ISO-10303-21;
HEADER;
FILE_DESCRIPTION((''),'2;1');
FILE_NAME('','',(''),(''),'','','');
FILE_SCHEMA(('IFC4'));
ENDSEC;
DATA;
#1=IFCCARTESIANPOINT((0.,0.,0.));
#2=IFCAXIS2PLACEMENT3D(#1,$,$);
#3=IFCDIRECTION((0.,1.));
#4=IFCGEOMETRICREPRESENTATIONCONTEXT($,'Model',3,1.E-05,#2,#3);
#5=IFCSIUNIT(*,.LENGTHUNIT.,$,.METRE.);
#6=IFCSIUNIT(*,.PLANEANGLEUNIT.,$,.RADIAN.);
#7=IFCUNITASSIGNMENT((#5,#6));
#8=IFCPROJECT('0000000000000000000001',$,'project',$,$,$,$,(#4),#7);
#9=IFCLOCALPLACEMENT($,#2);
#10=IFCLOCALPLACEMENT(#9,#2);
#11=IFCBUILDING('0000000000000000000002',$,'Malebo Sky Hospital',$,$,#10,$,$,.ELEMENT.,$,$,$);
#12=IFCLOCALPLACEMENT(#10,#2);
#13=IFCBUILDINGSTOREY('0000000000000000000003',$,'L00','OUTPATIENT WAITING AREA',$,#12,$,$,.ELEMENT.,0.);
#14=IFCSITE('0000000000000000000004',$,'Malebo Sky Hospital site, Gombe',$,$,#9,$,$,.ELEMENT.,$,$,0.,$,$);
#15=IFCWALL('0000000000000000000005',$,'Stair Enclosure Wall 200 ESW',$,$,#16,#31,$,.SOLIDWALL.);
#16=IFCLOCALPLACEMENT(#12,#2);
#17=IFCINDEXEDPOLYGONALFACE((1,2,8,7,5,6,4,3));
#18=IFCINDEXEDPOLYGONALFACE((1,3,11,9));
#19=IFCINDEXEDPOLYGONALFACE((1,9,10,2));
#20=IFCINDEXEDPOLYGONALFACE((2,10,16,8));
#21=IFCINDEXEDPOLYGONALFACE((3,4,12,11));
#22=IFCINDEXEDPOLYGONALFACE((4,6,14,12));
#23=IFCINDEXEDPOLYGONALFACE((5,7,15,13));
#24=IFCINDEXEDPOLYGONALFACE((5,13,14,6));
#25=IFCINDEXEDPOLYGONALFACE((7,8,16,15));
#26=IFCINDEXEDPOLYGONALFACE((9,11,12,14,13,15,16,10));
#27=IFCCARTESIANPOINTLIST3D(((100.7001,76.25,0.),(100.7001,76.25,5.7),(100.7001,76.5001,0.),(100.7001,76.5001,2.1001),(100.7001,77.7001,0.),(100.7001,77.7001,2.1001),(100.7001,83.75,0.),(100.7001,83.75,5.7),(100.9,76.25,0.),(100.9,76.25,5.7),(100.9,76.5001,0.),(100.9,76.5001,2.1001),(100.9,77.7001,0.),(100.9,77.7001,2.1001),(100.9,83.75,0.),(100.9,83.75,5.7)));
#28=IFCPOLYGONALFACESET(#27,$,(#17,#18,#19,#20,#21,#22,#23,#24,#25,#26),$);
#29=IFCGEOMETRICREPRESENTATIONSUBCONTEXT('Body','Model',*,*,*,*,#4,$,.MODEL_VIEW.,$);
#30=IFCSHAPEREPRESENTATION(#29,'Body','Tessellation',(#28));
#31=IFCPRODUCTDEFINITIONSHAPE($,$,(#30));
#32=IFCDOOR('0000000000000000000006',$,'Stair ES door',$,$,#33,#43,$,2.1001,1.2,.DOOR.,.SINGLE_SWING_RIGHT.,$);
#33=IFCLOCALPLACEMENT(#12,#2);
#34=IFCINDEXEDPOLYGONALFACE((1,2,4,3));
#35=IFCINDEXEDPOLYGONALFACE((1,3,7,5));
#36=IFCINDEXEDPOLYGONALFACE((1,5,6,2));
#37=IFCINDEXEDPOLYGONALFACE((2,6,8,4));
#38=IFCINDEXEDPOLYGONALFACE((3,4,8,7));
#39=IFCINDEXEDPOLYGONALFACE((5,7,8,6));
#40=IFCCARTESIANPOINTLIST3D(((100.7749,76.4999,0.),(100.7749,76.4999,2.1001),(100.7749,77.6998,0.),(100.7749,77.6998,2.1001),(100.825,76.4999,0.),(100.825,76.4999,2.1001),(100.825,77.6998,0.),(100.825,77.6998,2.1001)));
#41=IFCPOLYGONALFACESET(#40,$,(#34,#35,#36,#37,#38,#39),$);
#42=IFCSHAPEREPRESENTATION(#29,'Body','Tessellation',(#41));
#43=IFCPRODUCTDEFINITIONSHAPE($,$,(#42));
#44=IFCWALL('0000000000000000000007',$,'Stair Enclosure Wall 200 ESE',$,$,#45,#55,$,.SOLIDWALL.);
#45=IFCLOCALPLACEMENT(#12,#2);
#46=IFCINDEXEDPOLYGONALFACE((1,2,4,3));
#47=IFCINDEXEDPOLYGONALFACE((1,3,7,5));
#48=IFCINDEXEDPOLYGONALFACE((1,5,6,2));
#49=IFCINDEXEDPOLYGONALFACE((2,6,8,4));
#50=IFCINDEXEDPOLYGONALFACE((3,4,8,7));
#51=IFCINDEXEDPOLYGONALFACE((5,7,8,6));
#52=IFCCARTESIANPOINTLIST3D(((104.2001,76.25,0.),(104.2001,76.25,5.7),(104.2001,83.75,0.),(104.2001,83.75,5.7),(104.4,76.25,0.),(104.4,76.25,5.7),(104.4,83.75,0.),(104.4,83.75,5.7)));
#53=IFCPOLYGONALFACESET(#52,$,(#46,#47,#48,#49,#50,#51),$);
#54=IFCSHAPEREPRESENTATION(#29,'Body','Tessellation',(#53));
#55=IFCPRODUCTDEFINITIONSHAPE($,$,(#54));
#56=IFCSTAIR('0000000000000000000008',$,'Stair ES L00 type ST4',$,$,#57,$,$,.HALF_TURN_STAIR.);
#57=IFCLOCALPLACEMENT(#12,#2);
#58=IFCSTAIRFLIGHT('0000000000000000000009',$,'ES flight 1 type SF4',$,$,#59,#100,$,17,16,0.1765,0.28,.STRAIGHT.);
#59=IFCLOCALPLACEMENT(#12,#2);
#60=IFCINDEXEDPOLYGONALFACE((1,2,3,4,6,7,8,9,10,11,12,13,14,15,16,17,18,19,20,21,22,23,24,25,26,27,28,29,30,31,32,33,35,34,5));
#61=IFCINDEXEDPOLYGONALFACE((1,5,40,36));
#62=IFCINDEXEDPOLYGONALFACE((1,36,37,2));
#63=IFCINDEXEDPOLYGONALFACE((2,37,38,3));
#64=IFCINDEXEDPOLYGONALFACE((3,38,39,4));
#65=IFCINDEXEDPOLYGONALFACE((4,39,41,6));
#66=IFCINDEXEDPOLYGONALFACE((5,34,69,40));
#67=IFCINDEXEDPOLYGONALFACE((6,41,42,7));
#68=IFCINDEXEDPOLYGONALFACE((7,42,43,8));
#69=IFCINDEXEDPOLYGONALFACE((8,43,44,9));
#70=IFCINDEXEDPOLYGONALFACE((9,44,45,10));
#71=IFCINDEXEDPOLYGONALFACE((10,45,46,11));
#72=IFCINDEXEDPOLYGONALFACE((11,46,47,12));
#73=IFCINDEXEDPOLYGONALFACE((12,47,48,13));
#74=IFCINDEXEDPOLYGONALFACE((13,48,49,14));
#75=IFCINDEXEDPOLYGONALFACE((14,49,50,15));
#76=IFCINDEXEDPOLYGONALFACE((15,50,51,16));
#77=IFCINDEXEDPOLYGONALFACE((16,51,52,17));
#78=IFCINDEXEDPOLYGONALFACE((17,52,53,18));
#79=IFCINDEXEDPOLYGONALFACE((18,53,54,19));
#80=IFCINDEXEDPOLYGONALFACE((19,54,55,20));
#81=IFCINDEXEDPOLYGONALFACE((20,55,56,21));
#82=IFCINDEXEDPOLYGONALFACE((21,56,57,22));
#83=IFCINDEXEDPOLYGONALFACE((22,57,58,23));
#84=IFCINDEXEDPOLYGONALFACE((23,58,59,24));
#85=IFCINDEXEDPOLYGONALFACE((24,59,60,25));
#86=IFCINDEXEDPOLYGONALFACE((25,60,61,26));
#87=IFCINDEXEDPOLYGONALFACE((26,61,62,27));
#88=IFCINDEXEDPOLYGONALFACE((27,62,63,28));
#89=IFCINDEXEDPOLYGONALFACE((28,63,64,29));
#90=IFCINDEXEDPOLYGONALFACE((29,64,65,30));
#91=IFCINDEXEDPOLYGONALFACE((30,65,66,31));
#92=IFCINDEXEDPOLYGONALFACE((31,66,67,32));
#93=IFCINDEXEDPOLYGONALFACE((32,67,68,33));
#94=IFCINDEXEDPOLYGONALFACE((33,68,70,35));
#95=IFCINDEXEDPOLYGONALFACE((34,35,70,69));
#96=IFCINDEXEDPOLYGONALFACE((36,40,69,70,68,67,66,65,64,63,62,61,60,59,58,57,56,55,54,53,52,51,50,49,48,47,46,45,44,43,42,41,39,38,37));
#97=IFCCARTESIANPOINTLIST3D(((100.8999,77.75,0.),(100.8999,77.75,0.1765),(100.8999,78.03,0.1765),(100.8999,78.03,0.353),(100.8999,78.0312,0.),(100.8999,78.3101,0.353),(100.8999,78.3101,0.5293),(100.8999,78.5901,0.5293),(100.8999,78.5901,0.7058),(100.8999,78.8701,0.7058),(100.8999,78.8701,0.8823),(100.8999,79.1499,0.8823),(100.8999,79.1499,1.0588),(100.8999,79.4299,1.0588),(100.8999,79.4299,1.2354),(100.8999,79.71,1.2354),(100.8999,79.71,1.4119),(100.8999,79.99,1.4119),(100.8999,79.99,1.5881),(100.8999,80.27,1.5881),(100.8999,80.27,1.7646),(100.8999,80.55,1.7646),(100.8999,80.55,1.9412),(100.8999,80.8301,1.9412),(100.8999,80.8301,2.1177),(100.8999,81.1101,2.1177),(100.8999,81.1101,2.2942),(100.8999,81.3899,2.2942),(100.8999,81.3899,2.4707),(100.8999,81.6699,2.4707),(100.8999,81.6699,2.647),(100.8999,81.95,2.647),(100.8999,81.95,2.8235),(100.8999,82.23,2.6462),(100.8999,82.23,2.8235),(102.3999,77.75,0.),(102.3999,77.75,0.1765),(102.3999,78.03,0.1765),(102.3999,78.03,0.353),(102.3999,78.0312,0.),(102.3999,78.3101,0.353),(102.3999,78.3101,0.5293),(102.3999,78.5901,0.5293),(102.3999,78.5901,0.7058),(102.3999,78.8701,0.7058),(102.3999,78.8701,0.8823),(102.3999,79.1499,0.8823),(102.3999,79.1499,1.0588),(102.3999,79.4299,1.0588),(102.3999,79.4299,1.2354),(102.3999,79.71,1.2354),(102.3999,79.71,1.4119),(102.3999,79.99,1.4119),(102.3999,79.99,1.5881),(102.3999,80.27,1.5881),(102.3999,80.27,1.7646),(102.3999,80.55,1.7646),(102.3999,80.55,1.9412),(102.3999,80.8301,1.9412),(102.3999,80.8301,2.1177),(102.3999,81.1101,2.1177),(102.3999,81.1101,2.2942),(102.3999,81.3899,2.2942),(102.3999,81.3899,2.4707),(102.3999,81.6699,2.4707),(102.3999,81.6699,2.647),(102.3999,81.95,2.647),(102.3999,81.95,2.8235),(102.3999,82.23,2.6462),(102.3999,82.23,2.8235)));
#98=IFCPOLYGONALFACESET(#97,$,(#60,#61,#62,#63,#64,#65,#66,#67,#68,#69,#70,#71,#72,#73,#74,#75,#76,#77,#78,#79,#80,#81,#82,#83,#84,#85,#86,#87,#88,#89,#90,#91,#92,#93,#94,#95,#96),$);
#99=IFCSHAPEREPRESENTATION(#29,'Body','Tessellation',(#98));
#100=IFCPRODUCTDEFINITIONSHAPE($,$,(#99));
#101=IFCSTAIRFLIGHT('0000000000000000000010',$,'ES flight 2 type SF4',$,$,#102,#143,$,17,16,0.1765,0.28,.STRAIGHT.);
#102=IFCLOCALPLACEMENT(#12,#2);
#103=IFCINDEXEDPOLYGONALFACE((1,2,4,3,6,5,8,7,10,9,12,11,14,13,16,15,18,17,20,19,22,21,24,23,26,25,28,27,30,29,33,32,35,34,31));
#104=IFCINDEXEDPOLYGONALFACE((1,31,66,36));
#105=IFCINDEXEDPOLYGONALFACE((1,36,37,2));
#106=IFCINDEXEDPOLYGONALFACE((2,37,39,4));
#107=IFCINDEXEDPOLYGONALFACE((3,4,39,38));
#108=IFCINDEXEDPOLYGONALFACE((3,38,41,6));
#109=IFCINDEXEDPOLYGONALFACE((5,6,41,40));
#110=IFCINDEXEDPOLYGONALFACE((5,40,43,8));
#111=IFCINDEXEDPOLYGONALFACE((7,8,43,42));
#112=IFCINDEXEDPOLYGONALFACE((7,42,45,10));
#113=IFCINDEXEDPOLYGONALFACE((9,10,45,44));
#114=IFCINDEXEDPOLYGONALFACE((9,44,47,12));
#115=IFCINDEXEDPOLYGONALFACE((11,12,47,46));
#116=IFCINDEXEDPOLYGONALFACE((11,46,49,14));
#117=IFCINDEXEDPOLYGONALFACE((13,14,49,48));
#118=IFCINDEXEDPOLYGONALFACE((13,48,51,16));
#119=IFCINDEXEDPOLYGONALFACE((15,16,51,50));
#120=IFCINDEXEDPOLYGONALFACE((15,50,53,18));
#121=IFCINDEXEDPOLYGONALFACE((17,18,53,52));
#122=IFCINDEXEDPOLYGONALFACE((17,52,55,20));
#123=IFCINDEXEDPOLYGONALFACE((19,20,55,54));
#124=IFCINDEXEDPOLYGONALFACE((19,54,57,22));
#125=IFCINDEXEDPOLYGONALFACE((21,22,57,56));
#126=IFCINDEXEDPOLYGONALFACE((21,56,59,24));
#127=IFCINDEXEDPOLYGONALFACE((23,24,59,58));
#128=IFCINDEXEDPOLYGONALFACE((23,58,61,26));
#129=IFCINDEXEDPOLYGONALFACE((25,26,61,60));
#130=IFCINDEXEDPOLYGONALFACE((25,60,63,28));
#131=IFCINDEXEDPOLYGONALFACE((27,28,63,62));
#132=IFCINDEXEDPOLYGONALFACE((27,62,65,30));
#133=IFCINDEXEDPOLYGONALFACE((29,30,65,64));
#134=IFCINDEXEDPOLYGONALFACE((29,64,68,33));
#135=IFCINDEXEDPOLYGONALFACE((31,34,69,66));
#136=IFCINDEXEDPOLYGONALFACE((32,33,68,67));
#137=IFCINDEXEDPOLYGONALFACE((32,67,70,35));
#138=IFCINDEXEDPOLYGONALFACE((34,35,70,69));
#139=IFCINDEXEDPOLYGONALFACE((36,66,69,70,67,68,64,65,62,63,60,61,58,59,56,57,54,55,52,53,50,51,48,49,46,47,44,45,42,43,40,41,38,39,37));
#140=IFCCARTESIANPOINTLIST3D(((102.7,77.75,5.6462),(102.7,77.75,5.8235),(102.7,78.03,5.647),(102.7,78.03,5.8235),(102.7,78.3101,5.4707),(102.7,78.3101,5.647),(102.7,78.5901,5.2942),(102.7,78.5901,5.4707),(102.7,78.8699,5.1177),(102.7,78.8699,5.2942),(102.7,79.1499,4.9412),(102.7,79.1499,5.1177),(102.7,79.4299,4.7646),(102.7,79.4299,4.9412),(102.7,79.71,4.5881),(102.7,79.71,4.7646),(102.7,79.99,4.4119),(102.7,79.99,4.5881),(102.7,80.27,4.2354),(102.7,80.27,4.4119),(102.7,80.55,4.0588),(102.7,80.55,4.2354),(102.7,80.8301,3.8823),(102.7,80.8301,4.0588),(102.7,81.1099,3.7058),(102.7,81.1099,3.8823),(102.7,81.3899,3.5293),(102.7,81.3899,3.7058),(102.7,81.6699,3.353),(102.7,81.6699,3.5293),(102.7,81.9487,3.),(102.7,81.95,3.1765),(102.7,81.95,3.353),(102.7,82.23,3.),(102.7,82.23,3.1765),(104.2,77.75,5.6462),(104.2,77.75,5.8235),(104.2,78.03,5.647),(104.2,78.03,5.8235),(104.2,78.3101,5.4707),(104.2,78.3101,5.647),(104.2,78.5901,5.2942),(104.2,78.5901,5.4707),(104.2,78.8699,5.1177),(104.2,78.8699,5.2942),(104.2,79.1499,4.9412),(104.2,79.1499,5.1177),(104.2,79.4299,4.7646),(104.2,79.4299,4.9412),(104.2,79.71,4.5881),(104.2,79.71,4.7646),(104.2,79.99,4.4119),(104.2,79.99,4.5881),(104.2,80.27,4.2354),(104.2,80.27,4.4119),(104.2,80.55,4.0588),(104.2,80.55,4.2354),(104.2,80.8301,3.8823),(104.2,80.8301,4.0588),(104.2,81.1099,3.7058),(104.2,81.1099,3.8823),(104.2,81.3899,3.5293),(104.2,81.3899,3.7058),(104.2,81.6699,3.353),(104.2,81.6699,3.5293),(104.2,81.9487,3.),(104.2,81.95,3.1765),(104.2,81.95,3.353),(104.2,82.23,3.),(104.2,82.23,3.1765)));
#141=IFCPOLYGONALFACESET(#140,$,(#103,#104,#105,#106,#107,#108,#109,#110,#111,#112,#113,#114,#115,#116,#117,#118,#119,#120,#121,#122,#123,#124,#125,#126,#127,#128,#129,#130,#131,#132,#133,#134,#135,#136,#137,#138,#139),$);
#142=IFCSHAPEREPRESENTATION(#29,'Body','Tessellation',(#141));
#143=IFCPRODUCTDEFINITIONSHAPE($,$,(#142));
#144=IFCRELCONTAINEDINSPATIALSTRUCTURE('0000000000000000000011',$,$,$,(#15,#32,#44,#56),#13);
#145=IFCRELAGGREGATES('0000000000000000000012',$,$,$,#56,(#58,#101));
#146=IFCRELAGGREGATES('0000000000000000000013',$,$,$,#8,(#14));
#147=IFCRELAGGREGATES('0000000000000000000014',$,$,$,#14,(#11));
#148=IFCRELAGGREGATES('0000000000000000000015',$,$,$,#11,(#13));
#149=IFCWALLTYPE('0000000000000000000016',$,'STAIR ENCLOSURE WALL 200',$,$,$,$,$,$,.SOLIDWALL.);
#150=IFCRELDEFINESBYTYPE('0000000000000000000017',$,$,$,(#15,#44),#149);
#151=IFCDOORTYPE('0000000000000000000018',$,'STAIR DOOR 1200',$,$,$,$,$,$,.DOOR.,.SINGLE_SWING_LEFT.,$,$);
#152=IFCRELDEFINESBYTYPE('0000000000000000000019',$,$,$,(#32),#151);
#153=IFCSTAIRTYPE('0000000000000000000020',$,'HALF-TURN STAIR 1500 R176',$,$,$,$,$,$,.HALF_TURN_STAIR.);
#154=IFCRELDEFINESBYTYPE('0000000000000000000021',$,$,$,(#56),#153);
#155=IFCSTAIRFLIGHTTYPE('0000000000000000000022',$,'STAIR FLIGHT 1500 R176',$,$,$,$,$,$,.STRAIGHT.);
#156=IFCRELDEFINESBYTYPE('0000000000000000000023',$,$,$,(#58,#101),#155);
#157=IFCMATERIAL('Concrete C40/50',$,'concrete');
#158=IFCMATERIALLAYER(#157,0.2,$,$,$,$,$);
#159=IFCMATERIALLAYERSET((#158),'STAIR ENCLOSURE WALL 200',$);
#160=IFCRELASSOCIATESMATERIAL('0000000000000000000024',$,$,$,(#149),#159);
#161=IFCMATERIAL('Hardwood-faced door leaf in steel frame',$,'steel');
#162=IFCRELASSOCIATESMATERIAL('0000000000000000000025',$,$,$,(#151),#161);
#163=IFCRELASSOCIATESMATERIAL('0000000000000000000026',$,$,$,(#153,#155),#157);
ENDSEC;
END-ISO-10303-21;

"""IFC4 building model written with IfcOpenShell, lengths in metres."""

from ifc_helpers import new_model, si_unit, direction, frame, frame_2d, origin, place, context, subcontext, project, spatial, polyline, rectangle, outline, extrude, material, layer, layer_set, type_object, element, fill, aggregate, save


model = new_model("IFC4")

# Units and contexts
model_context = context("Model", 3, precision=1e-05, world=origin(), true_north=direction((0.0, 1.0)))
body_context = subcontext(model_context, "Body", "Model", "MODEL_VIEW")
ifc_project = project(units=[si_unit("LENGTHUNIT", "METRE"), si_unit("PLANEANGLEUNIT", "RADIAN")], contexts=[model_context])

# Site, building, storey
site_placement = place(None, origin())
site = spatial("IfcSite", under=ifc_project, at=site_placement, Name="Malebo Sky Hospital site, Gombe", CompositionType="ELEMENT", RefElevation=0.0)
building_placement = place(site_placement, origin())
building = spatial("IfcBuilding", under=site, at=building_placement, Name="Malebo Sky Hospital", CompositionType="ELEMENT")
storey_placement = place(building_placement, origin())
storey = spatial("IfcBuildingStorey", under=building, at=storey_placement, Name="L00", Description="OUTPATIENT WAITING AREA", CompositionType="ELEMENT", Elevation=0.0)

# Shared definitions
ifc_material_1 = material(Name="Concrete C40/50", Category="concrete")

# Shared definitions
ifc_layer_1 = layer(ifc_material_1, 0.2)
ifc_layer_set_1 = layer_set([ifc_layer_1], Name="STAIR ENCLOSURE WALL 200")
wall_type_1 = type_object("IfcWallType", Name="STAIR ENCLOSURE WALL 200", PredefinedType="SOLIDWALL", material=ifc_layer_set_1)

# Wall, opening, door
wall_1_placement = place(storey_placement, frame((100.8, 76.25, 0.0), z_axis=(0.0, 0.0, 1.0), x_axis=(0.0, 1.0, 0.0)))
wall_1 = element("IfcWall", 1, at=wall_1_placement, inside=storey, type_object=wall_type_1, Name="Stair Enclosure Wall 200 ESW", PredefinedType="SOLIDWALL", context=body_context, shape_type="SweptSolid", body=[
    extrude(rectangle(XDim=7.5, YDim=0.2, at=frame_2d((3.75, 0.0))), origin(), (0.0, 0.0, 1.0), 5.7),
])
opening_1_placement = place(wall_1_placement, frame((0.25, 0.0, 0.0)))
opening_1 = element("IfcOpeningElement", 2, at=opening_1_placement, cuts=wall_1, PredefinedType="OPENING", context=body_context, shape_type="SweptSolid", body=[
    extrude(rectangle(XDim=1.2, YDim=2.1001, at=frame_2d((0.6001, 1.05))), frame((0.0, 0.1099, 0.0), z_axis=(0.0, -1.0, 0.0), x_axis=(1.0, 0.0, 0.0)), (0.0, 0.0, 1.0), 0.22),
])
ifc_material_2 = material(Name="Hardwood-faced door leaf in steel frame", Category="steel")
door_type_1 = type_object("IfcDoorType", Name="STAIR DOOR 1200", OperationType="SINGLE_SWING_LEFT", PredefinedType="DOOR", material=ifc_material_2)
door_1_placement = place(opening_1_placement, frame((1.2, 0.0, 0.0), z_axis=(0.0, 0.0, 1.0), x_axis=(-1.0, 0.0, 0.0)))
door_1 = element("IfcDoor", 3, at=door_1_placement, inside=storey, type_object=door_type_1, Name="Stair ES door", OperationType="SINGLE_SWING_RIGHT", OverallHeight=2.1001, OverallWidth=1.2, PredefinedType="DOOR", context=body_context, shape_type="SweptSolid", body=[
    extrude(rectangle(XDim=1.2, YDim=2.1001, at=frame_2d((0.6001, 1.05))), frame((0.0, 0.0249, 0.0), z_axis=(0.0, -1.0, 0.0), x_axis=(1.0, 0.0, 0.0)), (0.0, 0.0, 1.0), 0.05),
])
fill(opening_1, door_1)

# Wall
wall_2_placement = place(storey_placement, frame((104.3, 76.25, 0.0), z_axis=(0.0, 0.0, 1.0), x_axis=(0.0, 1.0, 0.0)))
element("IfcWall", 4, at=wall_2_placement, inside=storey, type_object=wall_type_1, Name="Stair Enclosure Wall 200 ESE", PredefinedType="SOLIDWALL", context=body_context, shape_type="SweptSolid", body=[
    extrude(rectangle(XDim=7.5, YDim=0.2, at=frame_2d((3.75, 0.0))), origin(), (0.0, 0.0, 1.0), 5.7),
])

# Stair, stair flights
stair_type = type_object("IfcStairType", Name="HALF-TURN STAIR 1500 R176", PredefinedType="HALF_TURN_STAIR", material=ifc_material_1)
stair_placement = place(storey_placement, origin())
stair = element("IfcStair", 5, at=stair_placement, inside=storey, type_object=stair_type, Name="Stair ES L00 type ST4", PredefinedType="HALF_TURN_STAIR")
stair_flight_type = type_object("IfcStairFlightType", Name="STAIR FLIGHT 1500 R176", PredefinedType="STRAIGHT", material=ifc_material_1)
stair_flight_1_placement = place(storey_placement, frame((101.6499, 77.75, 0.0), z_axis=(0.0, 0.0, 1.0), x_axis=(0.0, 1.0, 0.0)))
stair_flight_1 = element("IfcStairFlight", 6, at=stair_flight_1_placement, type_object=stair_flight_type, Name="ES flight 1 type SF4", NumberOfRisers=17, NumberOfTreads=16, PredefinedType="STRAIGHT", RiserHeight=0.1765, TreadLength=0.28, context=body_context, shape_type="SweptSolid", body=[
    extrude(outline(polyline([(0.0, 0.0), (0.0, 0.1765), (0.28, 0.1765), (0.28, 0.353), (0.5601, 0.353), (0.5601, 0.5293), (0.8401, 0.5293), (0.8401, 0.7058), (1.1201, 0.7058), (1.1201, 0.8823), (1.3999, 0.8823), (1.3999, 1.0588), (1.6799, 1.0588), (1.6799, 1.2354), (1.96, 1.2354), (1.96, 1.4119), (2.24, 1.4119), (2.24, 1.5881), (2.52, 1.5881), (2.52, 1.7646), (2.8, 1.7646), (2.8, 1.9412), (3.0801, 1.9412), (3.0801, 2.1177), (3.3601, 2.1177), (3.3601, 2.2942), (3.6399, 2.2942), (3.6399, 2.4707), (3.9199, 2.4707), (3.9199, 2.647), (4.2, 2.647), (4.2, 2.8235), (4.48, 2.8235), (4.48, 3.0), (4.48, 2.6462), (0.2812, 0.0), (0.0, 0.0)])), frame((0.0, 0.75, 0.0), z_axis=(0.0, -1.0, 0.0), x_axis=(1.0, 0.0, 0.0)), (0.0, 0.0, 1.0), 1.5),
])
stair_flight_2_placement = place(storey_placement, frame((103.45, 82.23, 3.0), z_axis=(0.0, 0.0, 1.0), x_axis=(0.0, -1.0, 0.0)))
stair_flight_2 = element("IfcStairFlight", 7, at=stair_flight_2_placement, type_object=stair_flight_type, Name="ES flight 2 type SF4", NumberOfRisers=17, NumberOfTreads=16, PredefinedType="STRAIGHT", RiserHeight=0.1765, TreadLength=0.28, context=body_context, shape_type="SweptSolid", body=[
    extrude(outline(polyline([(0.0, 0.0), (0.0, 0.1765), (0.28, 0.1765), (0.28, 0.353), (0.5601, 0.353), (0.5601, 0.5293), (0.8401, 0.5293), (0.8401, 0.7058), (1.1201, 0.7058), (1.1201, 0.8823), (1.3999, 0.8823), (1.3999, 1.0588), (1.6799, 1.0588), (1.6799, 1.2354), (1.96, 1.2354), (1.96, 1.4119), (2.24, 1.4119), (2.24, 1.5881), (2.52, 1.5881), (2.52, 1.7646), (2.8, 1.7646), (2.8, 1.9412), (3.0801, 1.9412), (3.0801, 2.1177), (3.3601, 2.1177), (3.3601, 2.2942), (3.6399, 2.2942), (3.6399, 2.4707), (3.9199, 2.4707), (3.9199, 2.647), (4.2, 2.647), (4.2, 2.8235), (4.48, 2.8235), (4.48, 3.0), (4.48, 2.6462), (0.2812, 0.0), (0.0, 0.0)])), frame((0.0, 0.75, 0.0), z_axis=(0.0, -1.0, 0.0), x_axis=(1.0, 0.0, 0.0)), (0.0, 0.0, 1.0), 1.5),
])
aggregate(stair, [stair_flight_1, stair_flight_2])

save(model, "model.ifc")
